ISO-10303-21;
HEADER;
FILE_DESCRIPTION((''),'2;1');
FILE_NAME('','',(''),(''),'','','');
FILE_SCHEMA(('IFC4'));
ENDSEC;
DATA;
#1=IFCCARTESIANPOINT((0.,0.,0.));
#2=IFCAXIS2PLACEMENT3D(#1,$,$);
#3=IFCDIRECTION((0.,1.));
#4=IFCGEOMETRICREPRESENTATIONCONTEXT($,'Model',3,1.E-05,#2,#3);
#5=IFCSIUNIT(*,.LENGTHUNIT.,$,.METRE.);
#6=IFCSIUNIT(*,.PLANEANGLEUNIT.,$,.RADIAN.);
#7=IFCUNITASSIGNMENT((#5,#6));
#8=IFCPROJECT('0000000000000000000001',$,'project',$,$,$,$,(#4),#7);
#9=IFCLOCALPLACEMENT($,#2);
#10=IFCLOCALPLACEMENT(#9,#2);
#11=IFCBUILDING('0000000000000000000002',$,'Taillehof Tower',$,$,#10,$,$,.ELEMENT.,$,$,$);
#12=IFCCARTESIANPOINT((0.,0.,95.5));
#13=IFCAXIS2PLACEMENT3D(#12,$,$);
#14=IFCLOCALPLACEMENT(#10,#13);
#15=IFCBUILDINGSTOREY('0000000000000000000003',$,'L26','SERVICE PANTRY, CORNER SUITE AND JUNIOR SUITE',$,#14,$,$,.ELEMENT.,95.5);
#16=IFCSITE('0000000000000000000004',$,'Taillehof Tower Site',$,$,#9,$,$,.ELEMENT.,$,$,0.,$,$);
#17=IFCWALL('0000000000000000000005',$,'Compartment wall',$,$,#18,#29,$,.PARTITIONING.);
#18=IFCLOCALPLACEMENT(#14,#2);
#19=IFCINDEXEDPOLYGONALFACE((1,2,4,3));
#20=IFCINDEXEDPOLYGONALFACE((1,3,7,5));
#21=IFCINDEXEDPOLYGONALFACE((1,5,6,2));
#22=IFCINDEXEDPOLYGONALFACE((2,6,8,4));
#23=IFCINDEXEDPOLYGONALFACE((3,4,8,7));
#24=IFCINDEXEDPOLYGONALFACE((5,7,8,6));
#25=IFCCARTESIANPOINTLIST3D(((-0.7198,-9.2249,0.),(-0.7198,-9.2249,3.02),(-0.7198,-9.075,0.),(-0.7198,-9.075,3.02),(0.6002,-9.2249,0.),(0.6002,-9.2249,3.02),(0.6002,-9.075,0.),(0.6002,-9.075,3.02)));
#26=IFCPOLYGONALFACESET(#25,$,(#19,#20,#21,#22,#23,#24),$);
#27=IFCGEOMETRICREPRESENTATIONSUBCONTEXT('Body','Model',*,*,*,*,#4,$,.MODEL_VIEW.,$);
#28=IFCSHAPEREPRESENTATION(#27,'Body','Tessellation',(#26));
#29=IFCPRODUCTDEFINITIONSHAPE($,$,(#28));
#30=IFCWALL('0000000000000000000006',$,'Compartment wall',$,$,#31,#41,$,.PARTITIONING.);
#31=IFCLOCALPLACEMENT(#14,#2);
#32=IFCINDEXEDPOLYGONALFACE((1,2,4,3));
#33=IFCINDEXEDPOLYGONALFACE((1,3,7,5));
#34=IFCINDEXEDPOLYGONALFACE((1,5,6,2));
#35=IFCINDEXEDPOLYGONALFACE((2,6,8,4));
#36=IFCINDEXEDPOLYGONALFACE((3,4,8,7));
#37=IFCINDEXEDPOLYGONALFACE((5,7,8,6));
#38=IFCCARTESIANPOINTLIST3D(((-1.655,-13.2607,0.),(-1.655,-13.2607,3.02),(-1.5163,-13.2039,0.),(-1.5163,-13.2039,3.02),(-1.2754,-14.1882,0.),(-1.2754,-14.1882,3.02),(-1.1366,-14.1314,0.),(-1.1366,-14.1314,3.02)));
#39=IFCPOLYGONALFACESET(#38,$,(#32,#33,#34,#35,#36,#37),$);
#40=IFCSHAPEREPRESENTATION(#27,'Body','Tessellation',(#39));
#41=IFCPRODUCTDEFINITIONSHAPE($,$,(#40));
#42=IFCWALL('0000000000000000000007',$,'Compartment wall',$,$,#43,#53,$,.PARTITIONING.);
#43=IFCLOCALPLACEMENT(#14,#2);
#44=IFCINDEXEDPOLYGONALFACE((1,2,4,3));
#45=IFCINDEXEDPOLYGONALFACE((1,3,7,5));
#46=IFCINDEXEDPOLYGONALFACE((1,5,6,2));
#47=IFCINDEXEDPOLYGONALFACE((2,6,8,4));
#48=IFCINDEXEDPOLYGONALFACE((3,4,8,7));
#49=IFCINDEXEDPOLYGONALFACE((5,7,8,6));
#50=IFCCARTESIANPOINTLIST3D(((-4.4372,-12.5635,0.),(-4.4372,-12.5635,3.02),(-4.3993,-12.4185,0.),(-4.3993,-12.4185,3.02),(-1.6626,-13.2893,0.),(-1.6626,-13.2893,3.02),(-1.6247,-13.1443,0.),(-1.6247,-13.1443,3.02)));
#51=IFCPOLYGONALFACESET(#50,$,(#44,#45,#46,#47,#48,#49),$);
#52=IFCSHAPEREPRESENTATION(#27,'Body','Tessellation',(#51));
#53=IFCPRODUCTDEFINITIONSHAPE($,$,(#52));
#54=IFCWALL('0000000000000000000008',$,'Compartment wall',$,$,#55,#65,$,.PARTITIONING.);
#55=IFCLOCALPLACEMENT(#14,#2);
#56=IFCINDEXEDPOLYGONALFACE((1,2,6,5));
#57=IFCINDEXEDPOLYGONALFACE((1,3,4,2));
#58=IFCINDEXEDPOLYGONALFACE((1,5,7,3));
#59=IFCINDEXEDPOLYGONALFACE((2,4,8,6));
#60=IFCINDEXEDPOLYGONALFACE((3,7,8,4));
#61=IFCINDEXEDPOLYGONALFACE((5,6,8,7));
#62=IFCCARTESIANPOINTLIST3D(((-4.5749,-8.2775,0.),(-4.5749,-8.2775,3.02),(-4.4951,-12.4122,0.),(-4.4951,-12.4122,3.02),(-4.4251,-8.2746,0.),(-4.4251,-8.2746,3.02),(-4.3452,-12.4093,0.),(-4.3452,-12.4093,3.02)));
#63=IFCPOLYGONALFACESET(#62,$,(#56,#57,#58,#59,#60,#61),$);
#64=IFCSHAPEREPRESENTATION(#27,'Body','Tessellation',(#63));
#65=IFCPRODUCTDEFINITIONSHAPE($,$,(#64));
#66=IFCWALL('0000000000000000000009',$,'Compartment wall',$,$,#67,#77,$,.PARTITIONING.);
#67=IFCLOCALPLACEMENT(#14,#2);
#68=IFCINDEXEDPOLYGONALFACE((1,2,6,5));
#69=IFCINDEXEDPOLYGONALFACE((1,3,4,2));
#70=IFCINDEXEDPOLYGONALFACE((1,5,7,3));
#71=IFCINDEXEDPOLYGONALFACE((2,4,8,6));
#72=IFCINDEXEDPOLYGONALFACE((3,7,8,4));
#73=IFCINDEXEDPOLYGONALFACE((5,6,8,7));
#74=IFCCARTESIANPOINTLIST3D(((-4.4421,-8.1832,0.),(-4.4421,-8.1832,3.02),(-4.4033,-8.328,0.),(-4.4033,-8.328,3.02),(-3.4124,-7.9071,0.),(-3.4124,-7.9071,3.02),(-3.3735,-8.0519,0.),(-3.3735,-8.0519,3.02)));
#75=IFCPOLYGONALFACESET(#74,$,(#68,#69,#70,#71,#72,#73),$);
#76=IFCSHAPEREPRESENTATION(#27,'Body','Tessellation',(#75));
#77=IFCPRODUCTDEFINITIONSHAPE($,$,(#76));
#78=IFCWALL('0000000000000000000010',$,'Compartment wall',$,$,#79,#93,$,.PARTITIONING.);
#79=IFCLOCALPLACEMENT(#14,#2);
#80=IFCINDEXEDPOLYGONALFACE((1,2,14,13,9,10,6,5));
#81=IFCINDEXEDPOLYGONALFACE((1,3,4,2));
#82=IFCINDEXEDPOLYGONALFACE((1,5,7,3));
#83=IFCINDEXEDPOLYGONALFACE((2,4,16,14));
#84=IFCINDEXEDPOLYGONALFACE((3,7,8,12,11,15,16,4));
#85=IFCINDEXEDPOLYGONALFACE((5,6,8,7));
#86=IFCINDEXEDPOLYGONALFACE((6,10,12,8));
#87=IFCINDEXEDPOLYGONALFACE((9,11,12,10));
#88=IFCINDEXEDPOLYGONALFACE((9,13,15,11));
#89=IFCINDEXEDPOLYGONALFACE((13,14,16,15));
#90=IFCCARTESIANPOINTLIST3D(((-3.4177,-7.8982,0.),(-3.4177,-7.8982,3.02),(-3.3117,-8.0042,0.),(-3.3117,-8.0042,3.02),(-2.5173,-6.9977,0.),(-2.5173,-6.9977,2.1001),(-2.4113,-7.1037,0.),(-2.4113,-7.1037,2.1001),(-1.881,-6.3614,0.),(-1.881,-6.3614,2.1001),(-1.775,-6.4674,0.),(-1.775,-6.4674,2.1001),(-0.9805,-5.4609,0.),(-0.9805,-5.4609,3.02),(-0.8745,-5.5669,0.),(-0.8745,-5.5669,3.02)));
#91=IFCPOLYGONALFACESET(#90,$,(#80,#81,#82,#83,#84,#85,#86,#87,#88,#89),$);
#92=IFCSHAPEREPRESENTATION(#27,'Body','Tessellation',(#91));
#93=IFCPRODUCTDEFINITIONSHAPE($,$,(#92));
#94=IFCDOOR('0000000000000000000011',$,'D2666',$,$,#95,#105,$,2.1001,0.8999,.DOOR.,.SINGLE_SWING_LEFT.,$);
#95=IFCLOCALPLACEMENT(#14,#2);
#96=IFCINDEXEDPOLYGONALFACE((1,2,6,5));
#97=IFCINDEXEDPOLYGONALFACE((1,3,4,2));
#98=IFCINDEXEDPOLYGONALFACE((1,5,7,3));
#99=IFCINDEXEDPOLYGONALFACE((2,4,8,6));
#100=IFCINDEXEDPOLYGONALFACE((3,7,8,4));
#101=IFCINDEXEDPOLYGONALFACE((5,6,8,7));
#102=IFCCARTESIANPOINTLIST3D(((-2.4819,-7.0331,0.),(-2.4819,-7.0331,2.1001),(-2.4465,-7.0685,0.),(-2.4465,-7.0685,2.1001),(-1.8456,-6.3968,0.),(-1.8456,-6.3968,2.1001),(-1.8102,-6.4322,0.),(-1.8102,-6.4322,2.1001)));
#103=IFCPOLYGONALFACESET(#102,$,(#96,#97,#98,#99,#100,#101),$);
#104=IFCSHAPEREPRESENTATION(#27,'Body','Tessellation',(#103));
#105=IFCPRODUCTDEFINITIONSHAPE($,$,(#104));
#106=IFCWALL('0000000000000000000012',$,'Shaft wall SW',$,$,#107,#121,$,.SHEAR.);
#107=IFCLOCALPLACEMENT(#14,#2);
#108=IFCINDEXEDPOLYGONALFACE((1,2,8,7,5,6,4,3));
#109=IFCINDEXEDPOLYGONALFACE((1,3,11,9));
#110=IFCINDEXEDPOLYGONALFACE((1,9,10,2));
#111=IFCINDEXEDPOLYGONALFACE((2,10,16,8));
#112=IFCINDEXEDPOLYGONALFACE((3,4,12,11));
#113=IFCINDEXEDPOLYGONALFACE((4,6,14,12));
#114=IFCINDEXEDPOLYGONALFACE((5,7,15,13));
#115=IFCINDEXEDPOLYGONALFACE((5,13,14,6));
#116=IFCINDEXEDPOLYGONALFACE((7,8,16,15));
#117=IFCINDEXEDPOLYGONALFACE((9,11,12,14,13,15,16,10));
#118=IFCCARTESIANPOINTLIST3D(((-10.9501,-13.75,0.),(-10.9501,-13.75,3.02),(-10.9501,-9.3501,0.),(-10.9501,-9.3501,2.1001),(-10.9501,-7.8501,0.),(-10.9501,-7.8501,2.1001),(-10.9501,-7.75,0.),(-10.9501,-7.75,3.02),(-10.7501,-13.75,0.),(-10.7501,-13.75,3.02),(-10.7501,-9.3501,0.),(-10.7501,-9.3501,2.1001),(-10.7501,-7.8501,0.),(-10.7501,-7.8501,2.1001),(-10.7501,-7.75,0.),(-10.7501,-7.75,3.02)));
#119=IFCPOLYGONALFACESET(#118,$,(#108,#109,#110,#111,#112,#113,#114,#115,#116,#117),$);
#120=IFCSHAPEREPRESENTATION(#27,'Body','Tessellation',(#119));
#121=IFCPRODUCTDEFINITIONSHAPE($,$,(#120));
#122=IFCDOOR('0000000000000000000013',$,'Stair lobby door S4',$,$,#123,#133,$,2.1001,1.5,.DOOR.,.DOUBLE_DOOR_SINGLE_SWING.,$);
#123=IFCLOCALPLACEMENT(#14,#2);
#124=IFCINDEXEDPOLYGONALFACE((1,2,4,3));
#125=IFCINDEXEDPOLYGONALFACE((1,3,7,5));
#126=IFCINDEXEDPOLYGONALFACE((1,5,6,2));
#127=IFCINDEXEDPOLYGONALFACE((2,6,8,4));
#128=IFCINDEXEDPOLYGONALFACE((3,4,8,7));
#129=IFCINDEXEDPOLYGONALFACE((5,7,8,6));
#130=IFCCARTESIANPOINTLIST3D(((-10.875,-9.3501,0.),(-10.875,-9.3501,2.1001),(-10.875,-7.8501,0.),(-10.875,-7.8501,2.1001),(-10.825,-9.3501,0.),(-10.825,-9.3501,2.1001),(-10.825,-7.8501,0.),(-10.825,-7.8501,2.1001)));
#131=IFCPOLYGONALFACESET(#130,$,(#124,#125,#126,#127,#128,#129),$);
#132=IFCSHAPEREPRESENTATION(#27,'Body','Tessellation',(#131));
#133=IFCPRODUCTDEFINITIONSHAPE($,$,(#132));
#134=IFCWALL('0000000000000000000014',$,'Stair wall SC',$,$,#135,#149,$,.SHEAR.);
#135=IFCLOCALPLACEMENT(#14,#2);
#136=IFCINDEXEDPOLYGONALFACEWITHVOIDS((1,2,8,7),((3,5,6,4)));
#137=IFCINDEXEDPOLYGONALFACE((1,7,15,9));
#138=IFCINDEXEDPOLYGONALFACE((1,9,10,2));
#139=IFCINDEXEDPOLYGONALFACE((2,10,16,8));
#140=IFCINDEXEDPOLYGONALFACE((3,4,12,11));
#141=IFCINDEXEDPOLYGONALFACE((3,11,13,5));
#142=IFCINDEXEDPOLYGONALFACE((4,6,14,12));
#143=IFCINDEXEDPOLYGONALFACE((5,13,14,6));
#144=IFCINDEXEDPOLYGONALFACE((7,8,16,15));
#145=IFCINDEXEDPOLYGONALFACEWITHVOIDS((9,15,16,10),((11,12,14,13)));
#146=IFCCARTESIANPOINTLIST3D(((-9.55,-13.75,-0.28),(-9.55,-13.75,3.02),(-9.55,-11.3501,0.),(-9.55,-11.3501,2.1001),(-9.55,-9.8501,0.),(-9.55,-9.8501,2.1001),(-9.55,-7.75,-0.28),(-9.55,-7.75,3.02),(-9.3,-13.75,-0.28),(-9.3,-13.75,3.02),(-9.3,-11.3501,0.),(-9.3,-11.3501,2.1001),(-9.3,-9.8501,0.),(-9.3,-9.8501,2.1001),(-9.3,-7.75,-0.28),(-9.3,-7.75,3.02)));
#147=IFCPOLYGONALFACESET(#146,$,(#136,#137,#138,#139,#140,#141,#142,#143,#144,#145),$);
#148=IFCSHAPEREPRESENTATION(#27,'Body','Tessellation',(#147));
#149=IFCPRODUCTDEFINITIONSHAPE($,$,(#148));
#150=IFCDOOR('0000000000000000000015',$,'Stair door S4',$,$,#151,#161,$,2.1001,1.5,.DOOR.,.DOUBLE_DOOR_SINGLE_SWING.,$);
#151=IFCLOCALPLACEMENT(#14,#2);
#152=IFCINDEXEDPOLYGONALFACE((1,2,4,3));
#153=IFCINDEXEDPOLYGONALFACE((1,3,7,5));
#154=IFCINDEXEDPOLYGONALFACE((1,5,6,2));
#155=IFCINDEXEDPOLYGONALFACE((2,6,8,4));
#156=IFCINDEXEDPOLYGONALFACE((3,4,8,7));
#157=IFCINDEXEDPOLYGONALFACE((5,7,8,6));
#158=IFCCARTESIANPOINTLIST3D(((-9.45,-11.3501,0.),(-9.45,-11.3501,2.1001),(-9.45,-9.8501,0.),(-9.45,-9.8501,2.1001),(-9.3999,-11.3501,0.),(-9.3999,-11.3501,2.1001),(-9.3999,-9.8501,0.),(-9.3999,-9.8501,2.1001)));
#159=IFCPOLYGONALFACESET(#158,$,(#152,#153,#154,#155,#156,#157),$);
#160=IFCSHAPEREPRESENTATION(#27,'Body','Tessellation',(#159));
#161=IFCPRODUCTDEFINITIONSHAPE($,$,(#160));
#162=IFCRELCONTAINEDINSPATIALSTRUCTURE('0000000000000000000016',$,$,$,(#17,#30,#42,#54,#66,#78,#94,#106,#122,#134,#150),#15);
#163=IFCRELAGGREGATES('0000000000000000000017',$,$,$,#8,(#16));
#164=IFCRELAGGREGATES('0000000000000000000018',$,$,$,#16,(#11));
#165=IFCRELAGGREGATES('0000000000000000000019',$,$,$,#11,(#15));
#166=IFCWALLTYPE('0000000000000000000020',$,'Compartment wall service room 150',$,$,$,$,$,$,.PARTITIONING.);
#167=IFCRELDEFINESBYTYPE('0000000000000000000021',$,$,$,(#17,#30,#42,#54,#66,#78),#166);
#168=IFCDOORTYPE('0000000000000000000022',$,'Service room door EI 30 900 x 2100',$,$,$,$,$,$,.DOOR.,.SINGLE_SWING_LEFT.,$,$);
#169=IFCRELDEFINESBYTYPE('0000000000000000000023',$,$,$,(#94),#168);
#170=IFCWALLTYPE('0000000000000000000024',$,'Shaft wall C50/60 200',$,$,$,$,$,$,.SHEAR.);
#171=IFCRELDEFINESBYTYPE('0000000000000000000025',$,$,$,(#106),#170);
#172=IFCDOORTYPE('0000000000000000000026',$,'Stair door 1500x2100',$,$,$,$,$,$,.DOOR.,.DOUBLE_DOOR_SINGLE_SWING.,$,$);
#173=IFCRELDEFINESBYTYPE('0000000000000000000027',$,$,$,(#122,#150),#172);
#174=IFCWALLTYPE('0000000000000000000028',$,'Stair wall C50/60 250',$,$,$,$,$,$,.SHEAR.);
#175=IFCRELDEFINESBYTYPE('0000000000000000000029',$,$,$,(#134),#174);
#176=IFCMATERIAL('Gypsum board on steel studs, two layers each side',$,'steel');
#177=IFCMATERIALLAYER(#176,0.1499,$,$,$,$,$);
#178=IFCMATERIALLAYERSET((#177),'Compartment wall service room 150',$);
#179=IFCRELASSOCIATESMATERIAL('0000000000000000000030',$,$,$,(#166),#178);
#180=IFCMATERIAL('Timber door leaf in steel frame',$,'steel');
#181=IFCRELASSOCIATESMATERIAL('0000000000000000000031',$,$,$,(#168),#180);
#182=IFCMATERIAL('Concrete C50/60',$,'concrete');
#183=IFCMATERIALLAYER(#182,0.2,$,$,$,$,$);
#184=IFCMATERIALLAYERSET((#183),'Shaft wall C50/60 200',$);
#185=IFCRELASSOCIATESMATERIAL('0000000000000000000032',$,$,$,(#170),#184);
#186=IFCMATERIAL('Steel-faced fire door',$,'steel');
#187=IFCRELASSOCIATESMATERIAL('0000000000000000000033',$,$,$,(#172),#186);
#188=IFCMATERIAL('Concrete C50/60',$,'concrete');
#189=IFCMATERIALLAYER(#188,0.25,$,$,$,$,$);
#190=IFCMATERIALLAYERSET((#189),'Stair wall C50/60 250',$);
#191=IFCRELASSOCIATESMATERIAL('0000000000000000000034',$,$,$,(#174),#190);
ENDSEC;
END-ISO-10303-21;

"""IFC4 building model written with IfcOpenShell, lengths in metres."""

from ifc_helpers import new_model, si_unit, direction, frame, frame_2d, origin, place, context, subcontext, project, spatial, rectangle, extrude, material, layer, layer_set, type_object, element, fill, save


model = new_model("IFC4")

# Units and contexts
model_context = context("Model", 3, precision=1e-05, world=origin(), true_north=direction((0.0, 1.0)))
body_context = subcontext(model_context, "Body", "Model", "MODEL_VIEW")
ifc_project = project(units=[si_unit("LENGTHUNIT", "METRE"), si_unit("PLANEANGLEUNIT", "RADIAN")], contexts=[model_context])

# Site, building, storey
site_placement = place(None, origin())
site = spatial("IfcSite", under=ifc_project, at=site_placement, Name="Taillehof Tower Site", CompositionType="ELEMENT", RefElevation=0.0)
building_placement = place(site_placement, origin())
building = spatial("IfcBuilding", under=site, at=building_placement, Name="Taillehof Tower", CompositionType="ELEMENT")
storey_placement = place(building_placement, frame((0.0, 0.0, 95.5)))
storey = spatial("IfcBuildingStorey", under=building, at=storey_placement, Name="L26", Description="SERVICE PANTRY, CORNER SUITE AND JUNIOR SUITE", CompositionType="ELEMENT", Elevation=95.5)

# Walls
ifc_material_1 = material(Name="Gypsum board on steel studs, two layers each side", Category="steel")
ifc_layer_1 = layer(ifc_material_1, 0.1499)
ifc_layer_set_1 = layer_set([ifc_layer_1], Name="Compartment wall service room 150")
wall_type_1 = type_object("IfcWallType", Name="Compartment wall service room 150", PredefinedType="PARTITIONING", material=ifc_layer_set_1)
wall_1_placement = place(storey_placement, frame((-0.72, -9.1499, 0.0), z_axis=(0.0, 0.0, 1.0), x_axis=(1.0, 0.0, 0.0)))
element("IfcWall", 1, at=wall_1_placement, inside=storey, type_object=wall_type_1, Name="Compartment wall", PredefinedType="PARTITIONING", context=body_context, shape_type="SweptSolid", body=[
    extrude(rectangle(XDim=1.3201, YDim=0.1499, at=frame_2d((0.6602, 0.0))), origin(), (0.0, 0.0, 1.0), 3.02),
])
wall_2_placement = place(storey_placement, frame((-1.2061, -14.1597, 0.0), z_axis=(0.0, 0.0, 1.0), x_axis=(-0.378813, 0.925473, 0.0)))
element("IfcWall", 2, at=wall_2_placement, inside=storey, type_object=wall_type_1, Name="Compartment wall", PredefinedType="PARTITIONING", context=body_context, shape_type="SweptSolid", body=[
    extrude(rectangle(XDim=1.0022, YDim=0.1499, at=frame_2d((0.501, 0.0))), origin(), (0.0, 0.0, 1.0), 3.02),
])
wall_3_placement = place(storey_placement, frame((-1.6436, -13.2168, 0.0), z_axis=(0.0, 0.0, 1.0), x_axis=(-0.967446, 0.253077, 0.0)))
element("IfcWall", 3, at=wall_3_placement, inside=storey, type_object=wall_type_1, Name="Compartment wall", PredefinedType="PARTITIONING", context=body_context, shape_type="SweptSolid", body=[
    extrude(rectangle(XDim=2.8679, YDim=0.1499, at=frame_2d((1.4341, 0.0))), origin(), (0.0, 0.0, 1.0), 3.02),
])
wall_4_placement = place(storey_placement, frame((-4.4202, -12.4109, 0.0), z_axis=(0.0, 0.0, 1.0), x_axis=(-0.019304, 0.999814, 0.0)))
element("IfcWall", 4, at=wall_4_placement, inside=storey, type_object=wall_type_1, Name="Compartment wall", PredefinedType="PARTITIONING", context=body_context, shape_type="SweptSolid", body=[
    extrude(rectangle(XDim=4.1355, YDim=0.1499, at=frame_2d((2.0679, 0.0))), origin(), (0.0, 0.0, 1.0), 3.02),
])
wall_5_placement = place(storey_placement, frame((-4.4229, -8.2556, 0.0), z_axis=(0.0, 0.0, 1.0), x_axis=(0.965881, 0.258988, 0.0)))
element("IfcWall", 5, at=wall_5_placement, inside=storey, type_object=wall_type_1, Name="Compartment wall", PredefinedType="PARTITIONING", context=body_context, shape_type="SweptSolid", body=[
    extrude(rectangle(XDim=1.0662, YDim=0.1499, at=frame_2d((0.5332, 0.0))), origin(), (0.0, 0.0, 1.0), 3.02),
])

# Walls, openings, doors
wall_6_placement = place(storey_placement, frame((-3.3647, -7.9512, 0.0), z_axis=(0.0, 0.0, 1.0), x_axis=(0.707107, 0.707107, 0.0)))
wall_6 = element("IfcWall", 6, at=wall_6_placement, inside=storey, type_object=wall_type_1, Name="Compartment wall", PredefinedType="PARTITIONING", context=body_context, shape_type="SweptSolid", body=[
    extrude(rectangle(XDim=3.4468, YDim=0.1499, at=frame_2d((1.7234, 0.0))), origin(), (0.0, 0.0, 1.0), 3.02),
])
opening_1_placement = place(wall_6_placement, frame((1.2734, 0.0, 0.0)))
opening_1 = element("IfcOpeningElement", 7, at=opening_1_placement, cuts=wall_6, PredefinedType="OPENING", context=body_context, shape_type="SweptSolid", body=[
    extrude(rectangle(XDim=0.8999, YDim=2.1001, at=frame_2d((0.45, 1.05))), frame((0.0, 0.085, 0.0), z_axis=(0.0, -1.0, 0.0), x_axis=(1.0, 0.0, 0.0)), (0.0, 0.0, 1.0), 0.1699),
])
ifc_material_2 = material(Name="Timber door leaf in steel frame", Category="steel")
door_type_1 = type_object("IfcDoorType", Name="Service room door EI 30 900 x 2100", OperationType="SINGLE_SWING_LEFT", PredefinedType="DOOR", material=ifc_material_2)
door_1_placement = place(opening_1_placement, origin())
door_1 = element("IfcDoor", 8, at=door_1_placement, inside=storey, type_object=door_type_1, Name="D2666", OperationType="SINGLE_SWING_LEFT", OverallHeight=2.1001, OverallWidth=0.8999, PredefinedType="DOOR", context=body_context, shape_type="SweptSolid", body=[
    extrude(rectangle(XDim=0.8999, YDim=2.1001, at=frame_2d((0.45, 1.05))), frame((0.0, 0.0249, 0.0), z_axis=(0.0, -1.0, 0.0), x_axis=(1.0, 0.0, 0.0)), (0.0, 0.0, 1.0), 0.05),
])
fill(opening_1, door_1)
ifc_material_3 = material(Name="Concrete C50/60", Category="concrete")
ifc_layer_2 = layer(ifc_material_3, 0.2)
ifc_layer_set_2 = layer_set([ifc_layer_2], Name="Shaft wall C50/60 200")
wall_type_2 = type_object("IfcWallType", Name="Shaft wall C50/60 200", PredefinedType="SHEAR", material=ifc_layer_set_2)
wall_7_placement = place(storey_placement, frame((-10.8501, -13.75, 0.0), z_axis=(0.0, 0.0, 1.0), x_axis=(0.0, 1.0, 0.0)))
wall_7 = element("IfcWall", 9, at=wall_7_placement, inside=storey, type_object=wall_type_2, Name="Shaft wall SW", PredefinedType="SHEAR", context=body_context, shape_type="SweptSolid", body=[
    extrude(rectangle(XDim=6.0, YDim=0.2, at=frame_2d((3.0, 0.0))), origin(), (0.0, 0.0, 1.0), 3.02),
])
opening_2_placement = place(wall_7_placement, frame((4.3999, 0.0, 0.0)))
opening_2 = element("IfcOpeningElement", 10, at=opening_2_placement, cuts=wall_7, PredefinedType="OPENING", context=body_context, shape_type="SweptSolid", body=[
    extrude(rectangle(XDim=1.5, YDim=2.1001, at=frame_2d((0.75, 1.05))), frame((0.0, 0.1099, 0.0), z_axis=(0.0, -1.0, 0.0), x_axis=(1.0, 0.0, 0.0)), (0.0, 0.0, 1.0), 0.22),
])
ifc_material_4 = material(Name="Steel-faced fire door", Category="steel")
door_type_2 = type_object("IfcDoorType", Name="Stair door 1500x2100", OperationType="DOUBLE_DOOR_SINGLE_SWING", PredefinedType="DOOR", material=ifc_material_4)
door_2_placement = place(opening_2_placement, origin())
door_2 = element("IfcDoor", 11, at=door_2_placement, inside=storey, type_object=door_type_2, Name="Stair lobby door S4", OperationType="DOUBLE_DOOR_SINGLE_SWING", OverallHeight=2.1001, OverallWidth=1.5, PredefinedType="DOOR", context=body_context, shape_type="SweptSolid", body=[
    extrude(rectangle(XDim=1.5, YDim=2.1001, at=frame_2d((0.75, 1.05))), frame((0.0, 0.0249, 0.0), z_axis=(0.0, -1.0, 0.0), x_axis=(1.0, 0.0, 0.0)), (0.0, 0.0, 1.0), 0.05),
])
fill(opening_2, door_2)
ifc_material_5 = material(Name="Concrete C50/60", Category="concrete")
ifc_layer_3 = layer(ifc_material_5, 0.25)
ifc_layer_set_3 = layer_set([ifc_layer_3], Name="Stair wall C50/60 250")
wall_type_3 = type_object("IfcWallType", Name="Stair wall C50/60 250", PredefinedType="SHEAR", material=ifc_layer_set_3)
wall_8_placement = place(storey_placement, frame((-9.425, -13.75, -0.28), z_axis=(0.0, 0.0, 1.0), x_axis=(0.0, 1.0, 0.0)))
wall_8 = element("IfcWall", 12, at=wall_8_placement, inside=storey, type_object=wall_type_3, Name="Stair wall SC", PredefinedType="SHEAR", context=body_context, shape_type="SweptSolid", body=[
    extrude(rectangle(XDim=6.0, YDim=0.25, at=frame_2d((3.0, 0.0))), origin(), (0.0, 0.0, 1.0), 3.3),
])
opening_3_placement = place(wall_8_placement, frame((2.3999, 0.0, 0.28)))
opening_3 = element("IfcOpeningElement", 13, at=opening_3_placement, cuts=wall_8, PredefinedType="OPENING", context=body_context, shape_type="SweptSolid", body=[
    extrude(rectangle(XDim=1.5, YDim=2.1001, at=frame_2d((0.75, 1.05))), frame((0.0, 0.135, 0.0), z_axis=(0.0, -1.0, 0.0), x_axis=(1.0, 0.0, 0.0)), (0.0, 0.0, 1.0), 0.27),
])
door_3_placement = place(opening_3_placement, origin())
door_3 = element("IfcDoor", 14, at=door_3_placement, inside=storey, type_object=door_type_2, Name="Stair door S4", OperationType="DOUBLE_DOOR_SINGLE_SWING", OverallHeight=2.1001, OverallWidth=1.5, PredefinedType="DOOR", context=body_context, shape_type="SweptSolid", body=[
    extrude(rectangle(XDim=1.5, YDim=2.1001, at=frame_2d((0.75, 1.05))), frame((0.0, 0.0249, 0.0), z_axis=(0.0, -1.0, 0.0), x_axis=(1.0, 0.0, 0.0)), (0.0, 0.0, 1.0), 0.05),
])
fill(opening_3, door_3)

save(model, "model.ifc")
